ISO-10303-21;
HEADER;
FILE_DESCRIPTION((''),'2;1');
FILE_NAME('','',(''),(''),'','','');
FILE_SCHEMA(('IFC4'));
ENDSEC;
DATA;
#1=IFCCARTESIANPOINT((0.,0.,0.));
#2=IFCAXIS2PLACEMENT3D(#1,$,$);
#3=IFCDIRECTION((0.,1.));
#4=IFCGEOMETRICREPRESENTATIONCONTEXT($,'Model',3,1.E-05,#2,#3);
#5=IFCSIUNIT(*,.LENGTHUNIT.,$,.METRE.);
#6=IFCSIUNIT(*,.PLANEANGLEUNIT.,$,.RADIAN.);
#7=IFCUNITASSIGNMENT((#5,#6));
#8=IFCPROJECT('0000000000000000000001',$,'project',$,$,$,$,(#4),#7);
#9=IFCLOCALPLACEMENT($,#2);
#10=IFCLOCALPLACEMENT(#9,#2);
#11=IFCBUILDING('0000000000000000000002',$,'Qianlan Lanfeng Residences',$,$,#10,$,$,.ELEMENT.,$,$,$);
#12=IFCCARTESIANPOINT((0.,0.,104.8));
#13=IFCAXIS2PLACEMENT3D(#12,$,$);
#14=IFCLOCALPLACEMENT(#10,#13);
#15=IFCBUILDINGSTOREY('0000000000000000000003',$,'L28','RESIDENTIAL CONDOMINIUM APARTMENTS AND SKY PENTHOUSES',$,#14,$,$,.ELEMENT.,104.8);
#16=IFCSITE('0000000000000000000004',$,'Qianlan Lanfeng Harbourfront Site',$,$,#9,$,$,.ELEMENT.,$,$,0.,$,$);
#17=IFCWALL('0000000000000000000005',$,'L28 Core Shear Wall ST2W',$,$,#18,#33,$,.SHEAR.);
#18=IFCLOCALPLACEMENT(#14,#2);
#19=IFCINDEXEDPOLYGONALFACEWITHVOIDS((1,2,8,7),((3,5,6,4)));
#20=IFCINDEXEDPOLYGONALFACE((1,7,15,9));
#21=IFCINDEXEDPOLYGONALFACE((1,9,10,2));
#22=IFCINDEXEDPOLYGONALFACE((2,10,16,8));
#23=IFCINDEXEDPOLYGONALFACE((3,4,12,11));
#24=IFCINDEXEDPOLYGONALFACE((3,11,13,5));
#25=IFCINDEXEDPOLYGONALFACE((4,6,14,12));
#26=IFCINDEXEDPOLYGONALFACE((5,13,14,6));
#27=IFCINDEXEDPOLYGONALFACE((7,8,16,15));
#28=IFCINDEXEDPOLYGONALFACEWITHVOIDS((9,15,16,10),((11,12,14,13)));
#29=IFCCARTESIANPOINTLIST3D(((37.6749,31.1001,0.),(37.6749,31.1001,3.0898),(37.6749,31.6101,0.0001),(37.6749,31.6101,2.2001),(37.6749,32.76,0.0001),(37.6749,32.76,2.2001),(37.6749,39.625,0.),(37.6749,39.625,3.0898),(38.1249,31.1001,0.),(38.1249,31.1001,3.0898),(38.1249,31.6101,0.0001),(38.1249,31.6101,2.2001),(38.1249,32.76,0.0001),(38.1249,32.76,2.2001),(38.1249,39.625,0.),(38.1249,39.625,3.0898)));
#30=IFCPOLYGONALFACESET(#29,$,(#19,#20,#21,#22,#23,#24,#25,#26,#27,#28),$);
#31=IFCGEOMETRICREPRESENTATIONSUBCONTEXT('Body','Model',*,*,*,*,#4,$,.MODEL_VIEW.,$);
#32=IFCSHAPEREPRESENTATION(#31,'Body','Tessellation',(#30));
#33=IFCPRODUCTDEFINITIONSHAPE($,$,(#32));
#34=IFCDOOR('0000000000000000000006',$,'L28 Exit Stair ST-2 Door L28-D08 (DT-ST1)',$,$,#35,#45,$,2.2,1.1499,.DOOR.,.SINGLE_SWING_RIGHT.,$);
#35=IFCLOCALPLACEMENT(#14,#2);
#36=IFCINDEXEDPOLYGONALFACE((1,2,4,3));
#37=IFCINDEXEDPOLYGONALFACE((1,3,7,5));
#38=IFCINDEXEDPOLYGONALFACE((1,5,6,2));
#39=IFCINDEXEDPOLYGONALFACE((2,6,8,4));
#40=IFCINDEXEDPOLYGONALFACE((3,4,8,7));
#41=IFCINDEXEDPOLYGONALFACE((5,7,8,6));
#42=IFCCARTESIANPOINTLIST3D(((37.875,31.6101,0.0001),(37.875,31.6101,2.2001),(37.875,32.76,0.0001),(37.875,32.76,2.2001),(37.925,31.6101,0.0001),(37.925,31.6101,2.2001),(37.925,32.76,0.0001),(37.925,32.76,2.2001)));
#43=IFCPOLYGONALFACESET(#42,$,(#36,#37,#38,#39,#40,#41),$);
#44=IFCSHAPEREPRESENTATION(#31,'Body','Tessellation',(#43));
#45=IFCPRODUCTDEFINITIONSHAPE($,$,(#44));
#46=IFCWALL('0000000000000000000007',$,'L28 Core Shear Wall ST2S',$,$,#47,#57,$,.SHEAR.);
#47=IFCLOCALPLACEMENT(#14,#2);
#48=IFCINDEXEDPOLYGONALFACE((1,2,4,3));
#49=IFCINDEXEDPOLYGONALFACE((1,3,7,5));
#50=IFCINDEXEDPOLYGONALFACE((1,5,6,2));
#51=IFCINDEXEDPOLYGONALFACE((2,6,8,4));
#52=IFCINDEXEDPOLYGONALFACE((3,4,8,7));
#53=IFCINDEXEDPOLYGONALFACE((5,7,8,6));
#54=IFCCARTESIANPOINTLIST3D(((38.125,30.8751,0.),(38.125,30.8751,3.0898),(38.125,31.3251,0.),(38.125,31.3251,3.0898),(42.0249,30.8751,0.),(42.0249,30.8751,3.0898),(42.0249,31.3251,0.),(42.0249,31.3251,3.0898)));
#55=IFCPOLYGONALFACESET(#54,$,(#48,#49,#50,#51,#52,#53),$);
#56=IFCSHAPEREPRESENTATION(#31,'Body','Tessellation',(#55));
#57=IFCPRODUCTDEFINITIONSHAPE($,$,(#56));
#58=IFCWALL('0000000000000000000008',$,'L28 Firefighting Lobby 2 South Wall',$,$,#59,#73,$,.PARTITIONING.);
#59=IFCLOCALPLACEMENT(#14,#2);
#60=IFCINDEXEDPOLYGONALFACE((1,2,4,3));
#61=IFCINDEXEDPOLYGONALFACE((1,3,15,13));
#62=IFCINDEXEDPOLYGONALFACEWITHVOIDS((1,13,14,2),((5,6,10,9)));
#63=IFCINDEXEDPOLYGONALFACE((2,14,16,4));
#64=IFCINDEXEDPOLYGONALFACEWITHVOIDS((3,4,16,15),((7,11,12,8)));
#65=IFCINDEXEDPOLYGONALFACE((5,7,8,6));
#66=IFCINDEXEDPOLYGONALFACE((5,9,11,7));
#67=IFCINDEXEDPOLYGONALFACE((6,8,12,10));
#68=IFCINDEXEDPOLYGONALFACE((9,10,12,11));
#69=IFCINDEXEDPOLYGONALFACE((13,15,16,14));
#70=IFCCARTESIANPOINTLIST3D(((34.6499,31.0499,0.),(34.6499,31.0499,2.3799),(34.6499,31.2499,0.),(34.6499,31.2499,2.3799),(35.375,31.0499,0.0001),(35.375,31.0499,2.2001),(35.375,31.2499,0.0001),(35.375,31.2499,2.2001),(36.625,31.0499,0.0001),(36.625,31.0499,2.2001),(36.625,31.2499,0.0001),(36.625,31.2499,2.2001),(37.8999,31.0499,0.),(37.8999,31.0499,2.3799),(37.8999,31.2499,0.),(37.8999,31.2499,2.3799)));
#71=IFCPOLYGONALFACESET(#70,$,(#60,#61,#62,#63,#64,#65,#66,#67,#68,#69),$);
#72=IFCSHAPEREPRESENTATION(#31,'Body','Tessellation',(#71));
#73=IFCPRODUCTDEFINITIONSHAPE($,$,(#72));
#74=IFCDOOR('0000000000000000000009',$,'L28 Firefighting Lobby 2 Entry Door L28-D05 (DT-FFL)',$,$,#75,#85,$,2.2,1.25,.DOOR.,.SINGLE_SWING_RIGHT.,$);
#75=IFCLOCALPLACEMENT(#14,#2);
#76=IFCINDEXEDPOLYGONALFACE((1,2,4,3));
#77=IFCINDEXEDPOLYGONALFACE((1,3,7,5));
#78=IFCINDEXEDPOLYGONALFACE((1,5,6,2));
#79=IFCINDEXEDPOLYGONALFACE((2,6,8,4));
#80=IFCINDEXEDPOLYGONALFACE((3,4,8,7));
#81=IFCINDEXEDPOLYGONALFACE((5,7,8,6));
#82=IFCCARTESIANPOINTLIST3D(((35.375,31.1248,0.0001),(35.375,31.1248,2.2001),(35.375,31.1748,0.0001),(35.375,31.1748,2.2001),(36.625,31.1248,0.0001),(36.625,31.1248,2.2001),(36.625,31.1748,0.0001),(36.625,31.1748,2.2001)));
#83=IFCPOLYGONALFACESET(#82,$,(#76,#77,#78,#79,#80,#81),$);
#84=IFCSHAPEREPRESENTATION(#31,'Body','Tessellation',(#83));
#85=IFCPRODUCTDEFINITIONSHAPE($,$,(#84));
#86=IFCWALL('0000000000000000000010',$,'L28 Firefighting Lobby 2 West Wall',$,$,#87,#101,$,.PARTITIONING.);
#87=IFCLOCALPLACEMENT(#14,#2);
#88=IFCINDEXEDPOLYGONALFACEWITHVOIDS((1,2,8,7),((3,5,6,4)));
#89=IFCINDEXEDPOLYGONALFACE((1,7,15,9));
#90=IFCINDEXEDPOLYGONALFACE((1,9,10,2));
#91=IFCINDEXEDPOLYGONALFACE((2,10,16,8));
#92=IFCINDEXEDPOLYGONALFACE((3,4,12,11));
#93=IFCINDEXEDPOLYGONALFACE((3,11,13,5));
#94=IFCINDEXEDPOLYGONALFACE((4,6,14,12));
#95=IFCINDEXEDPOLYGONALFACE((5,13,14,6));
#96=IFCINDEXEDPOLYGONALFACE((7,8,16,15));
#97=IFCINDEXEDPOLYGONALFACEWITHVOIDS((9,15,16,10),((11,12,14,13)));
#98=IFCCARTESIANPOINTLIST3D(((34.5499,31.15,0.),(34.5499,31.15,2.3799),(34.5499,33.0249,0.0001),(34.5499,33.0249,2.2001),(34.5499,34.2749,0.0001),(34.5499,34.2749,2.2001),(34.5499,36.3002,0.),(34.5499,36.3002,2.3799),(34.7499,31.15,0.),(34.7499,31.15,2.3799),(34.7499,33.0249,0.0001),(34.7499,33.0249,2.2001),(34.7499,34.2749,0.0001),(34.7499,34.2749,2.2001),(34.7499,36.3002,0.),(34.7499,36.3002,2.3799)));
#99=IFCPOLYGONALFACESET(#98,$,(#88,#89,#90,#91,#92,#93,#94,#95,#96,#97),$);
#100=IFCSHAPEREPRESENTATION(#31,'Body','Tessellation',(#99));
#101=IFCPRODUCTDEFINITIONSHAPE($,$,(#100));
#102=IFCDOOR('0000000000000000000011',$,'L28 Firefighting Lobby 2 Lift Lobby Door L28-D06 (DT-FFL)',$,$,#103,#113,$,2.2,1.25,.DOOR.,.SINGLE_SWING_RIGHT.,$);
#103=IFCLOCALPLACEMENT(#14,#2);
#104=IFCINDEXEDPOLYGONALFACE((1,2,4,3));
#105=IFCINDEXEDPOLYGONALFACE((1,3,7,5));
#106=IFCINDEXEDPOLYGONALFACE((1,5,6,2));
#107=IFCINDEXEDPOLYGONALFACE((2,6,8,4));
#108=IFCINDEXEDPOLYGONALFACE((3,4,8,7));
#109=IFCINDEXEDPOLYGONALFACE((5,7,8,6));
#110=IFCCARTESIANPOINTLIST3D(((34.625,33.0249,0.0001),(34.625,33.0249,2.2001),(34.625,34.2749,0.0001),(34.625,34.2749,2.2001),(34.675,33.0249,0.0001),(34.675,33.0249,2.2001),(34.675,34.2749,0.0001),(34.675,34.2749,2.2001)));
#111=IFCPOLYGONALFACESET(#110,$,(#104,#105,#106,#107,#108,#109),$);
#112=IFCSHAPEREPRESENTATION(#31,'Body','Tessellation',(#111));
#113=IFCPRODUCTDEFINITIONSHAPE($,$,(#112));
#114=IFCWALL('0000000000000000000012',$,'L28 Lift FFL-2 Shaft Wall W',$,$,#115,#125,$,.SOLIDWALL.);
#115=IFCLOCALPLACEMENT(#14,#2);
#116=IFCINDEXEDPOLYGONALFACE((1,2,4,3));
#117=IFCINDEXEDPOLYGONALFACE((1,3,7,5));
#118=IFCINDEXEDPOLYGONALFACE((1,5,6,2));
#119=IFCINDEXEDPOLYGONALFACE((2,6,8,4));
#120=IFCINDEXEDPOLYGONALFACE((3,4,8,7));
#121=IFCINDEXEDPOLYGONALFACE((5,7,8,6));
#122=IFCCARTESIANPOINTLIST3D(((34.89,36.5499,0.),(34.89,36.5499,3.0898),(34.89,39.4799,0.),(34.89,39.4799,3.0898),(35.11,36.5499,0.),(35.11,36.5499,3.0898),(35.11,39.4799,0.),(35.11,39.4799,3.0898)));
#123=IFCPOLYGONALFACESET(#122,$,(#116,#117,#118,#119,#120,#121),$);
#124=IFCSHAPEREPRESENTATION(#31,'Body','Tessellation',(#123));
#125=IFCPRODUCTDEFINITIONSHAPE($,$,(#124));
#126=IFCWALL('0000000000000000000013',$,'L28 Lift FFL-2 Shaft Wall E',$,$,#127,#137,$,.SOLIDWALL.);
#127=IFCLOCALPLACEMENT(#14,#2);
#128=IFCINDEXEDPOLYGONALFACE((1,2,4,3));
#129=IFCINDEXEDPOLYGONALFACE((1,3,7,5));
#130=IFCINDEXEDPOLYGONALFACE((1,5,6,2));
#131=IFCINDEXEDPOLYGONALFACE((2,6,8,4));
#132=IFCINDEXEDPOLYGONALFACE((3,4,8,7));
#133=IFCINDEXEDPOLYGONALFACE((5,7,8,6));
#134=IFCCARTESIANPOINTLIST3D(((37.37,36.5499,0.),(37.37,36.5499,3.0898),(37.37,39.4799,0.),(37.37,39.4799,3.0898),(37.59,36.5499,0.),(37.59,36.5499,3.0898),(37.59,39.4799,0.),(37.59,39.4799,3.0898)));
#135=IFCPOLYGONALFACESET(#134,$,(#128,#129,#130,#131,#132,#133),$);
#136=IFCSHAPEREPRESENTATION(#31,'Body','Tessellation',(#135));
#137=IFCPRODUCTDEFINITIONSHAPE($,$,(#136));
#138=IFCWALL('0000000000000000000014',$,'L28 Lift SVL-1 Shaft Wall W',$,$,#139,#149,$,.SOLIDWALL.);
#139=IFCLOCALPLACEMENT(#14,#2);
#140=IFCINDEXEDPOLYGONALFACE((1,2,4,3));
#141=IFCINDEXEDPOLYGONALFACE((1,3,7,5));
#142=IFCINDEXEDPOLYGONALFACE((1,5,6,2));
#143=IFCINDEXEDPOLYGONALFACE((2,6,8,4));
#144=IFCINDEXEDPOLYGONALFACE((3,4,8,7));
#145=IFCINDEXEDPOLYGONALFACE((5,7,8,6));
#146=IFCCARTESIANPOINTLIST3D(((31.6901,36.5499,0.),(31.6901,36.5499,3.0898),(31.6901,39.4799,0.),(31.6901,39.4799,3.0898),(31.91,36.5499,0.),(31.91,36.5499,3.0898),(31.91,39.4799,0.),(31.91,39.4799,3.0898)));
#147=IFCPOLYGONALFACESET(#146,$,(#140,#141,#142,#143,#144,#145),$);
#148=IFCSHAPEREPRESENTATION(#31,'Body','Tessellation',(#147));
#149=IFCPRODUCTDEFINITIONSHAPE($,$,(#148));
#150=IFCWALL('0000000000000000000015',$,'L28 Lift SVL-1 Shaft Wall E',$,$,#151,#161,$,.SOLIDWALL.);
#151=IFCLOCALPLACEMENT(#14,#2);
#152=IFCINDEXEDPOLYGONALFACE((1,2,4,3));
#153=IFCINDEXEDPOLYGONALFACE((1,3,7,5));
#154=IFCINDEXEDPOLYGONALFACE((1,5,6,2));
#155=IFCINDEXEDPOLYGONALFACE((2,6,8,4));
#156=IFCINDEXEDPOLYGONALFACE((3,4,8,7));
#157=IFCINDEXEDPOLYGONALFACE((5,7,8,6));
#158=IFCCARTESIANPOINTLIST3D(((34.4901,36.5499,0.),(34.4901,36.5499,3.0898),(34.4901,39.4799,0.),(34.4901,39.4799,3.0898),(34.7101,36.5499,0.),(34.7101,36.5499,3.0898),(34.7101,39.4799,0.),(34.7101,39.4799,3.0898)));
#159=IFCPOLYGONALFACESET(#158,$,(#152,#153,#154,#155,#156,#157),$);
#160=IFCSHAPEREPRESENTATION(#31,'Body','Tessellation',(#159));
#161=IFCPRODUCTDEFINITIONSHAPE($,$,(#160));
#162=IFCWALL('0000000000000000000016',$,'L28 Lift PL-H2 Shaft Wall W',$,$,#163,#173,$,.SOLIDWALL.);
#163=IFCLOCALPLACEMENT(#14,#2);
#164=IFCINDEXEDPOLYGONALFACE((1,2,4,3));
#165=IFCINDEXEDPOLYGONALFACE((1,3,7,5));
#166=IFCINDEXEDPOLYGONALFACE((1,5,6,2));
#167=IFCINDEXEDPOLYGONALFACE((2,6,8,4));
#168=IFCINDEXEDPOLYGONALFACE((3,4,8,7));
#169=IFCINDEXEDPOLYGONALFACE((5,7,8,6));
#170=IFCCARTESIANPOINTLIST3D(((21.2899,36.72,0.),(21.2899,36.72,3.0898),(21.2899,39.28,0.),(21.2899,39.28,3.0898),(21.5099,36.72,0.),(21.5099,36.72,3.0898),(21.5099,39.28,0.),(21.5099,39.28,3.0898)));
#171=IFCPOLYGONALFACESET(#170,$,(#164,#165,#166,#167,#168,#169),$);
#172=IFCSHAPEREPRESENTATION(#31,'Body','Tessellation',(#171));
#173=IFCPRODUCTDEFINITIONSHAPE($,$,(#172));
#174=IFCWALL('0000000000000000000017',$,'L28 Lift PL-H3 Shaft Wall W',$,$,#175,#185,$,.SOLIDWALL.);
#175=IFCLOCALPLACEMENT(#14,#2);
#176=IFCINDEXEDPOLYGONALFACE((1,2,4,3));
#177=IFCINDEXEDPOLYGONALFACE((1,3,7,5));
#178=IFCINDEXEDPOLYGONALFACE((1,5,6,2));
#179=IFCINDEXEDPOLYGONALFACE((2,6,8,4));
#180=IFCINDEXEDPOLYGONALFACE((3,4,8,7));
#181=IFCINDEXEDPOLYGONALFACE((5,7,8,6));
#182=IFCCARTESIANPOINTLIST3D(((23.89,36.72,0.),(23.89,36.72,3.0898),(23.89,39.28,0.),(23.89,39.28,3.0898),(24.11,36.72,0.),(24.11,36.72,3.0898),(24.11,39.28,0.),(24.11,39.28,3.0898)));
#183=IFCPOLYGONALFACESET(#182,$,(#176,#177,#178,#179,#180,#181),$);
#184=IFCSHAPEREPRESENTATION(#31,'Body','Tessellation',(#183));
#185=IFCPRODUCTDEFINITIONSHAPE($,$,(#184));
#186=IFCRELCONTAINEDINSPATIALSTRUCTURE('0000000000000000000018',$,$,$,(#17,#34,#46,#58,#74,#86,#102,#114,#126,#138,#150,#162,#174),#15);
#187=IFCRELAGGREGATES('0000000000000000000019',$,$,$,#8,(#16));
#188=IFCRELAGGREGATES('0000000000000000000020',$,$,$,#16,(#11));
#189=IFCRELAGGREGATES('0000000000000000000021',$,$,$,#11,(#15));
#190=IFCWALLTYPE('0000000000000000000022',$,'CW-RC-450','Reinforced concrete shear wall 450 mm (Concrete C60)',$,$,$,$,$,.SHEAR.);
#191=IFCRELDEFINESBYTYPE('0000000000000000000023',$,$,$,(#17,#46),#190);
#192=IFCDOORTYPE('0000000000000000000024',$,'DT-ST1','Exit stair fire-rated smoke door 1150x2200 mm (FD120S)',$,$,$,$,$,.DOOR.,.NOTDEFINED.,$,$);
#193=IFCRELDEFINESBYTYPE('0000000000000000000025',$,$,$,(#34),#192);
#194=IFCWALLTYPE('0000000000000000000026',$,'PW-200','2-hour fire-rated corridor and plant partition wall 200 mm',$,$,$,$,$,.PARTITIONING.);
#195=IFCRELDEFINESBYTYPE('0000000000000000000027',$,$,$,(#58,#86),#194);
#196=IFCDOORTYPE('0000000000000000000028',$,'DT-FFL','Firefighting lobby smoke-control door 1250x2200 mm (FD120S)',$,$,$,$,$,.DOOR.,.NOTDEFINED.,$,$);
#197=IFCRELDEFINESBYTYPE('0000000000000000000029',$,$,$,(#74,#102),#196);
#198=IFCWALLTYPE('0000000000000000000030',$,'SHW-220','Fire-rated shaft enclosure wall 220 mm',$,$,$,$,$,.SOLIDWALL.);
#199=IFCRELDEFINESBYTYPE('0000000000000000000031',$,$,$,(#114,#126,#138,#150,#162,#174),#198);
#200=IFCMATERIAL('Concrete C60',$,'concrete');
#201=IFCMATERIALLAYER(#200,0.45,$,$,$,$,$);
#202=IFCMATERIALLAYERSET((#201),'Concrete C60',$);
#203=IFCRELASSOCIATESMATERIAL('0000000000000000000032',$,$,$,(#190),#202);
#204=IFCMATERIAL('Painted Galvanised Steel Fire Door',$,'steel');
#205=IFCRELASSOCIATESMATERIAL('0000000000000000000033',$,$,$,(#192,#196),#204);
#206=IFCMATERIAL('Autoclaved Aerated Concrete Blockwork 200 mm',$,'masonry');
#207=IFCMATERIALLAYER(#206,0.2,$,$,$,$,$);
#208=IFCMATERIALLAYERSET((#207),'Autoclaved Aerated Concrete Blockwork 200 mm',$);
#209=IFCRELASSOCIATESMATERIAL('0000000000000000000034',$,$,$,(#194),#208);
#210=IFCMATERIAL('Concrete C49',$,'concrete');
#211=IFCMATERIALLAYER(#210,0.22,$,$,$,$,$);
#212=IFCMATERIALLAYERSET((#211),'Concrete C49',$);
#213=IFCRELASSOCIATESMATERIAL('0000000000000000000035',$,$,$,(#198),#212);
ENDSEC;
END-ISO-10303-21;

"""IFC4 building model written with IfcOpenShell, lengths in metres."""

from ifc_helpers import new_model, si_unit, direction, frame, frame_2d, origin, place, context, subcontext, project, spatial, rectangle, extrude, material, layer, layer_set, type_object, element, fill, save


model = new_model("IFC4")

# Units and contexts
model_context = context("Model", 3, precision=1e-05, world=origin(), true_north=direction((0.0, 1.0)))
body_context = subcontext(model_context, "Body", "Model", "MODEL_VIEW")
ifc_project = project(units=[si_unit("LENGTHUNIT", "METRE"), si_unit("PLANEANGLEUNIT", "RADIAN")], contexts=[model_context])

# Site, building, storey
site_placement = place(None, origin())
site = spatial("IfcSite", under=ifc_project, at=site_placement, Name="Qianlan Lanfeng Harbourfront Site", CompositionType="ELEMENT", RefElevation=0.0)
building_placement = place(site_placement, origin())
building = spatial("IfcBuilding", under=site, at=building_placement, Name="Qianlan Lanfeng Residences", CompositionType="ELEMENT")
storey_placement = place(building_placement, frame((0.0, 0.0, 104.8)))
storey = spatial("IfcBuildingStorey", under=building, at=storey_placement, Name="L28", Description="RESIDENTIAL CONDOMINIUM APARTMENTS AND SKY PENTHOUSES", CompositionType="ELEMENT", Elevation=104.8)

# Wall, opening, door
ifc_material_1 = material(Name="Concrete C60", Category="concrete")
ifc_layer_1 = layer(ifc_material_1, 0.45)
ifc_layer_set_1 = layer_set([ifc_layer_1], Name="Concrete C60")
wall_type_1 = type_object("IfcWallType", Name="CW-RC-450", Description="Reinforced concrete shear wall 450 mm (Concrete C60)", PredefinedType="SHEAR", material=ifc_layer_set_1)
wall_1_placement = place(storey_placement, frame((37.8999, 31.1001, 0.0), z_axis=(0.0, 0.0, 1.0), x_axis=(0.0, 1.0, 0.0)))
wall_1 = element("IfcWall", 1, at=wall_1_placement, inside=storey, type_object=wall_type_1, Name="L28 Core Shear Wall ST2W", PredefinedType="SHEAR", context=body_context, shape_type="SweptSolid", body=[
    extrude(rectangle(XDim=8.5249, YDim=0.45, at=frame_2d((4.2625, 0.0))), origin(), (0.0, 0.0, 1.0), 3.0898),
])
opening_1_placement = place(wall_1_placement, frame((0.51, 0.0, 0.0)))
opening_1 = element("IfcOpeningElement", 2, at=opening_1_placement, cuts=wall_1, PredefinedType="OPENING", context=body_context, shape_type="SweptSolid", body=[
    extrude(rectangle(XDim=1.1499, YDim=2.2, at=frame_2d((0.575, 1.1001))), frame((0.0, 0.2349, 0.0), z_axis=(0.0, -1.0, 0.0), x_axis=(1.0, 0.0, 0.0)), (0.0, 0.0, 1.0), 0.47),
])
ifc_material_2 = material(Name="Painted Galvanised Steel Fire Door", Category="steel")
door_type_1 = type_object("IfcDoorType", Name="DT-ST1", Description="Exit stair fire-rated smoke door 1150x2200 mm (FD120S)", OperationType="NOTDEFINED", PredefinedType="DOOR", material=ifc_material_2)
door_1_placement = place(opening_1_placement, origin())
door_1 = element("IfcDoor", 3, at=door_1_placement, inside=storey, type_object=door_type_1, Name="L28 Exit Stair ST-2 Door L28-D08 (DT-ST1)", OperationType="SINGLE_SWING_RIGHT", OverallHeight=2.2, OverallWidth=1.1499, PredefinedType="DOOR", context=body_context, shape_type="SweptSolid", body=[
    extrude(rectangle(XDim=1.1499, YDim=2.2, at=frame_2d((0.575, 1.1001))), frame((0.0, 0.0249, 0.0), z_axis=(0.0, -1.0, 0.0), x_axis=(1.0, 0.0, 0.0)), (0.0, 0.0, 1.0), 0.05),
])
fill(opening_1, door_1)

# Wall
wall_2_placement = place(storey_placement, frame((38.125, 31.1001, 0.0), z_axis=(0.0, 0.0, 1.0), x_axis=(1.0, 0.0, 0.0)))
element("IfcWall", 4, at=wall_2_placement, inside=storey, type_object=wall_type_1, Name="L28 Core Shear Wall ST2S", PredefinedType="SHEAR", context=body_context, shape_type="SweptSolid", body=[
    extrude(rectangle(XDim=3.8999, YDim=0.45, at=frame_2d((1.95, 0.0))), origin(), (0.0, 0.0, 1.0), 3.0898),
])

# Walls, openings, doors
ifc_material_3 = material(Name="Autoclaved Aerated Concrete Blockwork 200 mm", Category="masonry")
ifc_layer_2 = layer(ifc_material_3, 0.2)
ifc_layer_set_2 = layer_set([ifc_layer_2], Name="Autoclaved Aerated Concrete Blockwork 200 mm")
wall_type_2 = type_object("IfcWallType", Name="PW-200", Description="2-hour fire-rated corridor and plant partition wall 200 mm", PredefinedType="PARTITIONING", material=ifc_layer_set_2)
wall_3_placement = place(storey_placement, frame((34.6499, 31.1499, 0.0), z_axis=(0.0, 0.0, 1.0), x_axis=(1.0, 0.0, 0.0)))
wall_3 = element("IfcWall", 5, at=wall_3_placement, inside=storey, type_object=wall_type_2, Name="L28 Firefighting Lobby 2 South Wall", PredefinedType="PARTITIONING", context=body_context, shape_type="SweptSolid", body=[
    extrude(rectangle(XDim=3.25, YDim=0.2, at=frame_2d((1.625, 0.0))), origin(), (0.0, 0.0, 1.0), 2.3799),
])
opening_2_placement = place(wall_3_placement, frame((0.7251, 0.0, 0.0)))
opening_2 = element("IfcOpeningElement", 6, at=opening_2_placement, cuts=wall_3, PredefinedType="OPENING", context=body_context, shape_type="SweptSolid", body=[
    extrude(rectangle(XDim=1.25, YDim=2.2, at=frame_2d((0.625, 1.1001))), frame((0.0, 0.1099, 0.0), z_axis=(0.0, -1.0, 0.0), x_axis=(1.0, 0.0, 0.0)), (0.0, 0.0, 1.0), 0.22),
])
door_type_2 = type_object("IfcDoorType", Name="DT-FFL", Description="Firefighting lobby smoke-control door 1250x2200 mm (FD120S)", OperationType="NOTDEFINED", PredefinedType="DOOR", material=ifc_material_2)
door_2_placement = place(opening_2_placement, origin())
door_2 = element("IfcDoor", 7, at=door_2_placement, inside=storey, type_object=door_type_2, Name="L28 Firefighting Lobby 2 Entry Door L28-D05 (DT-FFL)", OperationType="SINGLE_SWING_RIGHT", OverallHeight=2.2, OverallWidth=1.25, PredefinedType="DOOR", context=body_context, shape_type="SweptSolid", body=[
    extrude(rectangle(XDim=1.25, YDim=2.2, at=frame_2d((0.625, 1.1001))), frame((0.0, 0.0249, 0.0), z_axis=(0.0, -1.0, 0.0), x_axis=(1.0, 0.0, 0.0)), (0.0, 0.0, 1.0), 0.05),
])
fill(opening_2, door_2)
wall_4_placement = place(storey_placement, frame((34.6499, 31.1499, 0.0), z_axis=(0.0, 0.0, 1.0), x_axis=(0.0, 1.0, 0.0)))
wall_4 = element("IfcWall", 8, at=wall_4_placement, inside=storey, type_object=wall_type_2, Name="L28 Firefighting Lobby 2 West Wall", PredefinedType="PARTITIONING", context=body_context, shape_type="SweptSolid", body=[
    extrude(rectangle(XDim=5.1501, YDim=0.2, at=frame_2d((2.5752, 0.0))), origin(), (0.0, 0.0, 1.0), 2.3799),
])
opening_3_placement = place(wall_4_placement, frame((1.875, 0.0, 0.0)))
opening_3 = element("IfcOpeningElement", 9, at=opening_3_placement, cuts=wall_4, PredefinedType="OPENING", context=body_context, shape_type="SweptSolid", body=[
    extrude(rectangle(XDim=1.25, YDim=2.2, at=frame_2d((0.625, 1.1001))), frame((0.0, 0.1099, 0.0), z_axis=(0.0, -1.0, 0.0), x_axis=(1.0, 0.0, 0.0)), (0.0, 0.0, 1.0), 0.22),
])
door_3_placement = place(opening_3_placement, origin())
door_3 = element("IfcDoor", 10, at=door_3_placement, inside=storey, type_object=door_type_2, Name="L28 Firefighting Lobby 2 Lift Lobby Door L28-D06 (DT-FFL)", OperationType="SINGLE_SWING_RIGHT", OverallHeight=2.2, OverallWidth=1.25, PredefinedType="DOOR", context=body_context, shape_type="SweptSolid", body=[
    extrude(rectangle(XDim=1.25, YDim=2.2, at=frame_2d((0.625, 1.1001))), frame((0.0, 0.0249, 0.0), z_axis=(0.0, -1.0, 0.0), x_axis=(1.0, 0.0, 0.0)), (0.0, 0.0, 1.0), 0.05),
])
fill(opening_3, door_3)

# Walls
ifc_material_4 = material(Name="Concrete C49", Category="concrete")
ifc_layer_3 = layer(ifc_material_4, 0.22)
ifc_layer_set_3 = layer_set([ifc_layer_3], Name="Concrete C49")
wall_type_3 = type_object("IfcWallType", Name="SHW-220", Description="Fire-rated shaft enclosure wall 220 mm", PredefinedType="SOLIDWALL", material=ifc_layer_set_3)
for number, where, z_axis, x_axis, name in (
    (11, (35.0, 36.55, 0.0), (0.0, 0.0, 1.0), (0.0, 1.0, 0.0), "L28 Lift FFL-2 Shaft Wall W"),
    (12, (37.48, 36.55, 0.0), (0.0, 0.0, 1.0), (0.0, 1.0, 0.0), "L28 Lift FFL-2 Shaft Wall E"),
    (13, (31.8, 36.55, 0.0), (0.0, 0.0, 1.0), (0.0, 1.0, 0.0), "L28 Lift SVL-1 Shaft Wall W"),
    (14, (34.6001, 36.55, 0.0), (0.0, 0.0, 1.0), (0.0, 1.0, 0.0), "L28 Lift SVL-1 Shaft Wall E"),
):
    element("IfcWall", number, at=place(storey_placement, frame(where, z_axis=z_axis, x_axis=x_axis)), inside=storey, type_object=wall_type_3, Name=name, PredefinedType="SOLIDWALL", context=body_context, shape_type="SweptSolid", body=[
        extrude(rectangle(XDim=2.9299, YDim=0.22, at=frame_2d((1.4648, 0.0))), origin(), (0.0, 0.0, 1.0), 3.0898),
    ])
for number, where, z_axis, x_axis, name in (
    (15, (21.3999, 36.72, 0.0), (0.0, 0.0, 1.0), (0.0, 1.0, 0.0), "L28 Lift PL-H2 Shaft Wall W"),
    (16, (24.0, 36.72, 0.0), (0.0, 0.0, 1.0), (0.0, 1.0, 0.0), "L28 Lift PL-H3 Shaft Wall W"),
):
    element("IfcWall", number, at=place(storey_placement, frame(where, z_axis=z_axis, x_axis=x_axis)), inside=storey, type_object=wall_type_3, Name=name, PredefinedType="SOLIDWALL", context=body_context, shape_type="SweptSolid", body=[
        extrude(rectangle(XDim=2.5601, YDim=0.22, at=frame_2d((1.28, 0.0))), origin(), (0.0, 0.0, 1.0), 3.0898),
    ])

save(model, "model.ifc")
